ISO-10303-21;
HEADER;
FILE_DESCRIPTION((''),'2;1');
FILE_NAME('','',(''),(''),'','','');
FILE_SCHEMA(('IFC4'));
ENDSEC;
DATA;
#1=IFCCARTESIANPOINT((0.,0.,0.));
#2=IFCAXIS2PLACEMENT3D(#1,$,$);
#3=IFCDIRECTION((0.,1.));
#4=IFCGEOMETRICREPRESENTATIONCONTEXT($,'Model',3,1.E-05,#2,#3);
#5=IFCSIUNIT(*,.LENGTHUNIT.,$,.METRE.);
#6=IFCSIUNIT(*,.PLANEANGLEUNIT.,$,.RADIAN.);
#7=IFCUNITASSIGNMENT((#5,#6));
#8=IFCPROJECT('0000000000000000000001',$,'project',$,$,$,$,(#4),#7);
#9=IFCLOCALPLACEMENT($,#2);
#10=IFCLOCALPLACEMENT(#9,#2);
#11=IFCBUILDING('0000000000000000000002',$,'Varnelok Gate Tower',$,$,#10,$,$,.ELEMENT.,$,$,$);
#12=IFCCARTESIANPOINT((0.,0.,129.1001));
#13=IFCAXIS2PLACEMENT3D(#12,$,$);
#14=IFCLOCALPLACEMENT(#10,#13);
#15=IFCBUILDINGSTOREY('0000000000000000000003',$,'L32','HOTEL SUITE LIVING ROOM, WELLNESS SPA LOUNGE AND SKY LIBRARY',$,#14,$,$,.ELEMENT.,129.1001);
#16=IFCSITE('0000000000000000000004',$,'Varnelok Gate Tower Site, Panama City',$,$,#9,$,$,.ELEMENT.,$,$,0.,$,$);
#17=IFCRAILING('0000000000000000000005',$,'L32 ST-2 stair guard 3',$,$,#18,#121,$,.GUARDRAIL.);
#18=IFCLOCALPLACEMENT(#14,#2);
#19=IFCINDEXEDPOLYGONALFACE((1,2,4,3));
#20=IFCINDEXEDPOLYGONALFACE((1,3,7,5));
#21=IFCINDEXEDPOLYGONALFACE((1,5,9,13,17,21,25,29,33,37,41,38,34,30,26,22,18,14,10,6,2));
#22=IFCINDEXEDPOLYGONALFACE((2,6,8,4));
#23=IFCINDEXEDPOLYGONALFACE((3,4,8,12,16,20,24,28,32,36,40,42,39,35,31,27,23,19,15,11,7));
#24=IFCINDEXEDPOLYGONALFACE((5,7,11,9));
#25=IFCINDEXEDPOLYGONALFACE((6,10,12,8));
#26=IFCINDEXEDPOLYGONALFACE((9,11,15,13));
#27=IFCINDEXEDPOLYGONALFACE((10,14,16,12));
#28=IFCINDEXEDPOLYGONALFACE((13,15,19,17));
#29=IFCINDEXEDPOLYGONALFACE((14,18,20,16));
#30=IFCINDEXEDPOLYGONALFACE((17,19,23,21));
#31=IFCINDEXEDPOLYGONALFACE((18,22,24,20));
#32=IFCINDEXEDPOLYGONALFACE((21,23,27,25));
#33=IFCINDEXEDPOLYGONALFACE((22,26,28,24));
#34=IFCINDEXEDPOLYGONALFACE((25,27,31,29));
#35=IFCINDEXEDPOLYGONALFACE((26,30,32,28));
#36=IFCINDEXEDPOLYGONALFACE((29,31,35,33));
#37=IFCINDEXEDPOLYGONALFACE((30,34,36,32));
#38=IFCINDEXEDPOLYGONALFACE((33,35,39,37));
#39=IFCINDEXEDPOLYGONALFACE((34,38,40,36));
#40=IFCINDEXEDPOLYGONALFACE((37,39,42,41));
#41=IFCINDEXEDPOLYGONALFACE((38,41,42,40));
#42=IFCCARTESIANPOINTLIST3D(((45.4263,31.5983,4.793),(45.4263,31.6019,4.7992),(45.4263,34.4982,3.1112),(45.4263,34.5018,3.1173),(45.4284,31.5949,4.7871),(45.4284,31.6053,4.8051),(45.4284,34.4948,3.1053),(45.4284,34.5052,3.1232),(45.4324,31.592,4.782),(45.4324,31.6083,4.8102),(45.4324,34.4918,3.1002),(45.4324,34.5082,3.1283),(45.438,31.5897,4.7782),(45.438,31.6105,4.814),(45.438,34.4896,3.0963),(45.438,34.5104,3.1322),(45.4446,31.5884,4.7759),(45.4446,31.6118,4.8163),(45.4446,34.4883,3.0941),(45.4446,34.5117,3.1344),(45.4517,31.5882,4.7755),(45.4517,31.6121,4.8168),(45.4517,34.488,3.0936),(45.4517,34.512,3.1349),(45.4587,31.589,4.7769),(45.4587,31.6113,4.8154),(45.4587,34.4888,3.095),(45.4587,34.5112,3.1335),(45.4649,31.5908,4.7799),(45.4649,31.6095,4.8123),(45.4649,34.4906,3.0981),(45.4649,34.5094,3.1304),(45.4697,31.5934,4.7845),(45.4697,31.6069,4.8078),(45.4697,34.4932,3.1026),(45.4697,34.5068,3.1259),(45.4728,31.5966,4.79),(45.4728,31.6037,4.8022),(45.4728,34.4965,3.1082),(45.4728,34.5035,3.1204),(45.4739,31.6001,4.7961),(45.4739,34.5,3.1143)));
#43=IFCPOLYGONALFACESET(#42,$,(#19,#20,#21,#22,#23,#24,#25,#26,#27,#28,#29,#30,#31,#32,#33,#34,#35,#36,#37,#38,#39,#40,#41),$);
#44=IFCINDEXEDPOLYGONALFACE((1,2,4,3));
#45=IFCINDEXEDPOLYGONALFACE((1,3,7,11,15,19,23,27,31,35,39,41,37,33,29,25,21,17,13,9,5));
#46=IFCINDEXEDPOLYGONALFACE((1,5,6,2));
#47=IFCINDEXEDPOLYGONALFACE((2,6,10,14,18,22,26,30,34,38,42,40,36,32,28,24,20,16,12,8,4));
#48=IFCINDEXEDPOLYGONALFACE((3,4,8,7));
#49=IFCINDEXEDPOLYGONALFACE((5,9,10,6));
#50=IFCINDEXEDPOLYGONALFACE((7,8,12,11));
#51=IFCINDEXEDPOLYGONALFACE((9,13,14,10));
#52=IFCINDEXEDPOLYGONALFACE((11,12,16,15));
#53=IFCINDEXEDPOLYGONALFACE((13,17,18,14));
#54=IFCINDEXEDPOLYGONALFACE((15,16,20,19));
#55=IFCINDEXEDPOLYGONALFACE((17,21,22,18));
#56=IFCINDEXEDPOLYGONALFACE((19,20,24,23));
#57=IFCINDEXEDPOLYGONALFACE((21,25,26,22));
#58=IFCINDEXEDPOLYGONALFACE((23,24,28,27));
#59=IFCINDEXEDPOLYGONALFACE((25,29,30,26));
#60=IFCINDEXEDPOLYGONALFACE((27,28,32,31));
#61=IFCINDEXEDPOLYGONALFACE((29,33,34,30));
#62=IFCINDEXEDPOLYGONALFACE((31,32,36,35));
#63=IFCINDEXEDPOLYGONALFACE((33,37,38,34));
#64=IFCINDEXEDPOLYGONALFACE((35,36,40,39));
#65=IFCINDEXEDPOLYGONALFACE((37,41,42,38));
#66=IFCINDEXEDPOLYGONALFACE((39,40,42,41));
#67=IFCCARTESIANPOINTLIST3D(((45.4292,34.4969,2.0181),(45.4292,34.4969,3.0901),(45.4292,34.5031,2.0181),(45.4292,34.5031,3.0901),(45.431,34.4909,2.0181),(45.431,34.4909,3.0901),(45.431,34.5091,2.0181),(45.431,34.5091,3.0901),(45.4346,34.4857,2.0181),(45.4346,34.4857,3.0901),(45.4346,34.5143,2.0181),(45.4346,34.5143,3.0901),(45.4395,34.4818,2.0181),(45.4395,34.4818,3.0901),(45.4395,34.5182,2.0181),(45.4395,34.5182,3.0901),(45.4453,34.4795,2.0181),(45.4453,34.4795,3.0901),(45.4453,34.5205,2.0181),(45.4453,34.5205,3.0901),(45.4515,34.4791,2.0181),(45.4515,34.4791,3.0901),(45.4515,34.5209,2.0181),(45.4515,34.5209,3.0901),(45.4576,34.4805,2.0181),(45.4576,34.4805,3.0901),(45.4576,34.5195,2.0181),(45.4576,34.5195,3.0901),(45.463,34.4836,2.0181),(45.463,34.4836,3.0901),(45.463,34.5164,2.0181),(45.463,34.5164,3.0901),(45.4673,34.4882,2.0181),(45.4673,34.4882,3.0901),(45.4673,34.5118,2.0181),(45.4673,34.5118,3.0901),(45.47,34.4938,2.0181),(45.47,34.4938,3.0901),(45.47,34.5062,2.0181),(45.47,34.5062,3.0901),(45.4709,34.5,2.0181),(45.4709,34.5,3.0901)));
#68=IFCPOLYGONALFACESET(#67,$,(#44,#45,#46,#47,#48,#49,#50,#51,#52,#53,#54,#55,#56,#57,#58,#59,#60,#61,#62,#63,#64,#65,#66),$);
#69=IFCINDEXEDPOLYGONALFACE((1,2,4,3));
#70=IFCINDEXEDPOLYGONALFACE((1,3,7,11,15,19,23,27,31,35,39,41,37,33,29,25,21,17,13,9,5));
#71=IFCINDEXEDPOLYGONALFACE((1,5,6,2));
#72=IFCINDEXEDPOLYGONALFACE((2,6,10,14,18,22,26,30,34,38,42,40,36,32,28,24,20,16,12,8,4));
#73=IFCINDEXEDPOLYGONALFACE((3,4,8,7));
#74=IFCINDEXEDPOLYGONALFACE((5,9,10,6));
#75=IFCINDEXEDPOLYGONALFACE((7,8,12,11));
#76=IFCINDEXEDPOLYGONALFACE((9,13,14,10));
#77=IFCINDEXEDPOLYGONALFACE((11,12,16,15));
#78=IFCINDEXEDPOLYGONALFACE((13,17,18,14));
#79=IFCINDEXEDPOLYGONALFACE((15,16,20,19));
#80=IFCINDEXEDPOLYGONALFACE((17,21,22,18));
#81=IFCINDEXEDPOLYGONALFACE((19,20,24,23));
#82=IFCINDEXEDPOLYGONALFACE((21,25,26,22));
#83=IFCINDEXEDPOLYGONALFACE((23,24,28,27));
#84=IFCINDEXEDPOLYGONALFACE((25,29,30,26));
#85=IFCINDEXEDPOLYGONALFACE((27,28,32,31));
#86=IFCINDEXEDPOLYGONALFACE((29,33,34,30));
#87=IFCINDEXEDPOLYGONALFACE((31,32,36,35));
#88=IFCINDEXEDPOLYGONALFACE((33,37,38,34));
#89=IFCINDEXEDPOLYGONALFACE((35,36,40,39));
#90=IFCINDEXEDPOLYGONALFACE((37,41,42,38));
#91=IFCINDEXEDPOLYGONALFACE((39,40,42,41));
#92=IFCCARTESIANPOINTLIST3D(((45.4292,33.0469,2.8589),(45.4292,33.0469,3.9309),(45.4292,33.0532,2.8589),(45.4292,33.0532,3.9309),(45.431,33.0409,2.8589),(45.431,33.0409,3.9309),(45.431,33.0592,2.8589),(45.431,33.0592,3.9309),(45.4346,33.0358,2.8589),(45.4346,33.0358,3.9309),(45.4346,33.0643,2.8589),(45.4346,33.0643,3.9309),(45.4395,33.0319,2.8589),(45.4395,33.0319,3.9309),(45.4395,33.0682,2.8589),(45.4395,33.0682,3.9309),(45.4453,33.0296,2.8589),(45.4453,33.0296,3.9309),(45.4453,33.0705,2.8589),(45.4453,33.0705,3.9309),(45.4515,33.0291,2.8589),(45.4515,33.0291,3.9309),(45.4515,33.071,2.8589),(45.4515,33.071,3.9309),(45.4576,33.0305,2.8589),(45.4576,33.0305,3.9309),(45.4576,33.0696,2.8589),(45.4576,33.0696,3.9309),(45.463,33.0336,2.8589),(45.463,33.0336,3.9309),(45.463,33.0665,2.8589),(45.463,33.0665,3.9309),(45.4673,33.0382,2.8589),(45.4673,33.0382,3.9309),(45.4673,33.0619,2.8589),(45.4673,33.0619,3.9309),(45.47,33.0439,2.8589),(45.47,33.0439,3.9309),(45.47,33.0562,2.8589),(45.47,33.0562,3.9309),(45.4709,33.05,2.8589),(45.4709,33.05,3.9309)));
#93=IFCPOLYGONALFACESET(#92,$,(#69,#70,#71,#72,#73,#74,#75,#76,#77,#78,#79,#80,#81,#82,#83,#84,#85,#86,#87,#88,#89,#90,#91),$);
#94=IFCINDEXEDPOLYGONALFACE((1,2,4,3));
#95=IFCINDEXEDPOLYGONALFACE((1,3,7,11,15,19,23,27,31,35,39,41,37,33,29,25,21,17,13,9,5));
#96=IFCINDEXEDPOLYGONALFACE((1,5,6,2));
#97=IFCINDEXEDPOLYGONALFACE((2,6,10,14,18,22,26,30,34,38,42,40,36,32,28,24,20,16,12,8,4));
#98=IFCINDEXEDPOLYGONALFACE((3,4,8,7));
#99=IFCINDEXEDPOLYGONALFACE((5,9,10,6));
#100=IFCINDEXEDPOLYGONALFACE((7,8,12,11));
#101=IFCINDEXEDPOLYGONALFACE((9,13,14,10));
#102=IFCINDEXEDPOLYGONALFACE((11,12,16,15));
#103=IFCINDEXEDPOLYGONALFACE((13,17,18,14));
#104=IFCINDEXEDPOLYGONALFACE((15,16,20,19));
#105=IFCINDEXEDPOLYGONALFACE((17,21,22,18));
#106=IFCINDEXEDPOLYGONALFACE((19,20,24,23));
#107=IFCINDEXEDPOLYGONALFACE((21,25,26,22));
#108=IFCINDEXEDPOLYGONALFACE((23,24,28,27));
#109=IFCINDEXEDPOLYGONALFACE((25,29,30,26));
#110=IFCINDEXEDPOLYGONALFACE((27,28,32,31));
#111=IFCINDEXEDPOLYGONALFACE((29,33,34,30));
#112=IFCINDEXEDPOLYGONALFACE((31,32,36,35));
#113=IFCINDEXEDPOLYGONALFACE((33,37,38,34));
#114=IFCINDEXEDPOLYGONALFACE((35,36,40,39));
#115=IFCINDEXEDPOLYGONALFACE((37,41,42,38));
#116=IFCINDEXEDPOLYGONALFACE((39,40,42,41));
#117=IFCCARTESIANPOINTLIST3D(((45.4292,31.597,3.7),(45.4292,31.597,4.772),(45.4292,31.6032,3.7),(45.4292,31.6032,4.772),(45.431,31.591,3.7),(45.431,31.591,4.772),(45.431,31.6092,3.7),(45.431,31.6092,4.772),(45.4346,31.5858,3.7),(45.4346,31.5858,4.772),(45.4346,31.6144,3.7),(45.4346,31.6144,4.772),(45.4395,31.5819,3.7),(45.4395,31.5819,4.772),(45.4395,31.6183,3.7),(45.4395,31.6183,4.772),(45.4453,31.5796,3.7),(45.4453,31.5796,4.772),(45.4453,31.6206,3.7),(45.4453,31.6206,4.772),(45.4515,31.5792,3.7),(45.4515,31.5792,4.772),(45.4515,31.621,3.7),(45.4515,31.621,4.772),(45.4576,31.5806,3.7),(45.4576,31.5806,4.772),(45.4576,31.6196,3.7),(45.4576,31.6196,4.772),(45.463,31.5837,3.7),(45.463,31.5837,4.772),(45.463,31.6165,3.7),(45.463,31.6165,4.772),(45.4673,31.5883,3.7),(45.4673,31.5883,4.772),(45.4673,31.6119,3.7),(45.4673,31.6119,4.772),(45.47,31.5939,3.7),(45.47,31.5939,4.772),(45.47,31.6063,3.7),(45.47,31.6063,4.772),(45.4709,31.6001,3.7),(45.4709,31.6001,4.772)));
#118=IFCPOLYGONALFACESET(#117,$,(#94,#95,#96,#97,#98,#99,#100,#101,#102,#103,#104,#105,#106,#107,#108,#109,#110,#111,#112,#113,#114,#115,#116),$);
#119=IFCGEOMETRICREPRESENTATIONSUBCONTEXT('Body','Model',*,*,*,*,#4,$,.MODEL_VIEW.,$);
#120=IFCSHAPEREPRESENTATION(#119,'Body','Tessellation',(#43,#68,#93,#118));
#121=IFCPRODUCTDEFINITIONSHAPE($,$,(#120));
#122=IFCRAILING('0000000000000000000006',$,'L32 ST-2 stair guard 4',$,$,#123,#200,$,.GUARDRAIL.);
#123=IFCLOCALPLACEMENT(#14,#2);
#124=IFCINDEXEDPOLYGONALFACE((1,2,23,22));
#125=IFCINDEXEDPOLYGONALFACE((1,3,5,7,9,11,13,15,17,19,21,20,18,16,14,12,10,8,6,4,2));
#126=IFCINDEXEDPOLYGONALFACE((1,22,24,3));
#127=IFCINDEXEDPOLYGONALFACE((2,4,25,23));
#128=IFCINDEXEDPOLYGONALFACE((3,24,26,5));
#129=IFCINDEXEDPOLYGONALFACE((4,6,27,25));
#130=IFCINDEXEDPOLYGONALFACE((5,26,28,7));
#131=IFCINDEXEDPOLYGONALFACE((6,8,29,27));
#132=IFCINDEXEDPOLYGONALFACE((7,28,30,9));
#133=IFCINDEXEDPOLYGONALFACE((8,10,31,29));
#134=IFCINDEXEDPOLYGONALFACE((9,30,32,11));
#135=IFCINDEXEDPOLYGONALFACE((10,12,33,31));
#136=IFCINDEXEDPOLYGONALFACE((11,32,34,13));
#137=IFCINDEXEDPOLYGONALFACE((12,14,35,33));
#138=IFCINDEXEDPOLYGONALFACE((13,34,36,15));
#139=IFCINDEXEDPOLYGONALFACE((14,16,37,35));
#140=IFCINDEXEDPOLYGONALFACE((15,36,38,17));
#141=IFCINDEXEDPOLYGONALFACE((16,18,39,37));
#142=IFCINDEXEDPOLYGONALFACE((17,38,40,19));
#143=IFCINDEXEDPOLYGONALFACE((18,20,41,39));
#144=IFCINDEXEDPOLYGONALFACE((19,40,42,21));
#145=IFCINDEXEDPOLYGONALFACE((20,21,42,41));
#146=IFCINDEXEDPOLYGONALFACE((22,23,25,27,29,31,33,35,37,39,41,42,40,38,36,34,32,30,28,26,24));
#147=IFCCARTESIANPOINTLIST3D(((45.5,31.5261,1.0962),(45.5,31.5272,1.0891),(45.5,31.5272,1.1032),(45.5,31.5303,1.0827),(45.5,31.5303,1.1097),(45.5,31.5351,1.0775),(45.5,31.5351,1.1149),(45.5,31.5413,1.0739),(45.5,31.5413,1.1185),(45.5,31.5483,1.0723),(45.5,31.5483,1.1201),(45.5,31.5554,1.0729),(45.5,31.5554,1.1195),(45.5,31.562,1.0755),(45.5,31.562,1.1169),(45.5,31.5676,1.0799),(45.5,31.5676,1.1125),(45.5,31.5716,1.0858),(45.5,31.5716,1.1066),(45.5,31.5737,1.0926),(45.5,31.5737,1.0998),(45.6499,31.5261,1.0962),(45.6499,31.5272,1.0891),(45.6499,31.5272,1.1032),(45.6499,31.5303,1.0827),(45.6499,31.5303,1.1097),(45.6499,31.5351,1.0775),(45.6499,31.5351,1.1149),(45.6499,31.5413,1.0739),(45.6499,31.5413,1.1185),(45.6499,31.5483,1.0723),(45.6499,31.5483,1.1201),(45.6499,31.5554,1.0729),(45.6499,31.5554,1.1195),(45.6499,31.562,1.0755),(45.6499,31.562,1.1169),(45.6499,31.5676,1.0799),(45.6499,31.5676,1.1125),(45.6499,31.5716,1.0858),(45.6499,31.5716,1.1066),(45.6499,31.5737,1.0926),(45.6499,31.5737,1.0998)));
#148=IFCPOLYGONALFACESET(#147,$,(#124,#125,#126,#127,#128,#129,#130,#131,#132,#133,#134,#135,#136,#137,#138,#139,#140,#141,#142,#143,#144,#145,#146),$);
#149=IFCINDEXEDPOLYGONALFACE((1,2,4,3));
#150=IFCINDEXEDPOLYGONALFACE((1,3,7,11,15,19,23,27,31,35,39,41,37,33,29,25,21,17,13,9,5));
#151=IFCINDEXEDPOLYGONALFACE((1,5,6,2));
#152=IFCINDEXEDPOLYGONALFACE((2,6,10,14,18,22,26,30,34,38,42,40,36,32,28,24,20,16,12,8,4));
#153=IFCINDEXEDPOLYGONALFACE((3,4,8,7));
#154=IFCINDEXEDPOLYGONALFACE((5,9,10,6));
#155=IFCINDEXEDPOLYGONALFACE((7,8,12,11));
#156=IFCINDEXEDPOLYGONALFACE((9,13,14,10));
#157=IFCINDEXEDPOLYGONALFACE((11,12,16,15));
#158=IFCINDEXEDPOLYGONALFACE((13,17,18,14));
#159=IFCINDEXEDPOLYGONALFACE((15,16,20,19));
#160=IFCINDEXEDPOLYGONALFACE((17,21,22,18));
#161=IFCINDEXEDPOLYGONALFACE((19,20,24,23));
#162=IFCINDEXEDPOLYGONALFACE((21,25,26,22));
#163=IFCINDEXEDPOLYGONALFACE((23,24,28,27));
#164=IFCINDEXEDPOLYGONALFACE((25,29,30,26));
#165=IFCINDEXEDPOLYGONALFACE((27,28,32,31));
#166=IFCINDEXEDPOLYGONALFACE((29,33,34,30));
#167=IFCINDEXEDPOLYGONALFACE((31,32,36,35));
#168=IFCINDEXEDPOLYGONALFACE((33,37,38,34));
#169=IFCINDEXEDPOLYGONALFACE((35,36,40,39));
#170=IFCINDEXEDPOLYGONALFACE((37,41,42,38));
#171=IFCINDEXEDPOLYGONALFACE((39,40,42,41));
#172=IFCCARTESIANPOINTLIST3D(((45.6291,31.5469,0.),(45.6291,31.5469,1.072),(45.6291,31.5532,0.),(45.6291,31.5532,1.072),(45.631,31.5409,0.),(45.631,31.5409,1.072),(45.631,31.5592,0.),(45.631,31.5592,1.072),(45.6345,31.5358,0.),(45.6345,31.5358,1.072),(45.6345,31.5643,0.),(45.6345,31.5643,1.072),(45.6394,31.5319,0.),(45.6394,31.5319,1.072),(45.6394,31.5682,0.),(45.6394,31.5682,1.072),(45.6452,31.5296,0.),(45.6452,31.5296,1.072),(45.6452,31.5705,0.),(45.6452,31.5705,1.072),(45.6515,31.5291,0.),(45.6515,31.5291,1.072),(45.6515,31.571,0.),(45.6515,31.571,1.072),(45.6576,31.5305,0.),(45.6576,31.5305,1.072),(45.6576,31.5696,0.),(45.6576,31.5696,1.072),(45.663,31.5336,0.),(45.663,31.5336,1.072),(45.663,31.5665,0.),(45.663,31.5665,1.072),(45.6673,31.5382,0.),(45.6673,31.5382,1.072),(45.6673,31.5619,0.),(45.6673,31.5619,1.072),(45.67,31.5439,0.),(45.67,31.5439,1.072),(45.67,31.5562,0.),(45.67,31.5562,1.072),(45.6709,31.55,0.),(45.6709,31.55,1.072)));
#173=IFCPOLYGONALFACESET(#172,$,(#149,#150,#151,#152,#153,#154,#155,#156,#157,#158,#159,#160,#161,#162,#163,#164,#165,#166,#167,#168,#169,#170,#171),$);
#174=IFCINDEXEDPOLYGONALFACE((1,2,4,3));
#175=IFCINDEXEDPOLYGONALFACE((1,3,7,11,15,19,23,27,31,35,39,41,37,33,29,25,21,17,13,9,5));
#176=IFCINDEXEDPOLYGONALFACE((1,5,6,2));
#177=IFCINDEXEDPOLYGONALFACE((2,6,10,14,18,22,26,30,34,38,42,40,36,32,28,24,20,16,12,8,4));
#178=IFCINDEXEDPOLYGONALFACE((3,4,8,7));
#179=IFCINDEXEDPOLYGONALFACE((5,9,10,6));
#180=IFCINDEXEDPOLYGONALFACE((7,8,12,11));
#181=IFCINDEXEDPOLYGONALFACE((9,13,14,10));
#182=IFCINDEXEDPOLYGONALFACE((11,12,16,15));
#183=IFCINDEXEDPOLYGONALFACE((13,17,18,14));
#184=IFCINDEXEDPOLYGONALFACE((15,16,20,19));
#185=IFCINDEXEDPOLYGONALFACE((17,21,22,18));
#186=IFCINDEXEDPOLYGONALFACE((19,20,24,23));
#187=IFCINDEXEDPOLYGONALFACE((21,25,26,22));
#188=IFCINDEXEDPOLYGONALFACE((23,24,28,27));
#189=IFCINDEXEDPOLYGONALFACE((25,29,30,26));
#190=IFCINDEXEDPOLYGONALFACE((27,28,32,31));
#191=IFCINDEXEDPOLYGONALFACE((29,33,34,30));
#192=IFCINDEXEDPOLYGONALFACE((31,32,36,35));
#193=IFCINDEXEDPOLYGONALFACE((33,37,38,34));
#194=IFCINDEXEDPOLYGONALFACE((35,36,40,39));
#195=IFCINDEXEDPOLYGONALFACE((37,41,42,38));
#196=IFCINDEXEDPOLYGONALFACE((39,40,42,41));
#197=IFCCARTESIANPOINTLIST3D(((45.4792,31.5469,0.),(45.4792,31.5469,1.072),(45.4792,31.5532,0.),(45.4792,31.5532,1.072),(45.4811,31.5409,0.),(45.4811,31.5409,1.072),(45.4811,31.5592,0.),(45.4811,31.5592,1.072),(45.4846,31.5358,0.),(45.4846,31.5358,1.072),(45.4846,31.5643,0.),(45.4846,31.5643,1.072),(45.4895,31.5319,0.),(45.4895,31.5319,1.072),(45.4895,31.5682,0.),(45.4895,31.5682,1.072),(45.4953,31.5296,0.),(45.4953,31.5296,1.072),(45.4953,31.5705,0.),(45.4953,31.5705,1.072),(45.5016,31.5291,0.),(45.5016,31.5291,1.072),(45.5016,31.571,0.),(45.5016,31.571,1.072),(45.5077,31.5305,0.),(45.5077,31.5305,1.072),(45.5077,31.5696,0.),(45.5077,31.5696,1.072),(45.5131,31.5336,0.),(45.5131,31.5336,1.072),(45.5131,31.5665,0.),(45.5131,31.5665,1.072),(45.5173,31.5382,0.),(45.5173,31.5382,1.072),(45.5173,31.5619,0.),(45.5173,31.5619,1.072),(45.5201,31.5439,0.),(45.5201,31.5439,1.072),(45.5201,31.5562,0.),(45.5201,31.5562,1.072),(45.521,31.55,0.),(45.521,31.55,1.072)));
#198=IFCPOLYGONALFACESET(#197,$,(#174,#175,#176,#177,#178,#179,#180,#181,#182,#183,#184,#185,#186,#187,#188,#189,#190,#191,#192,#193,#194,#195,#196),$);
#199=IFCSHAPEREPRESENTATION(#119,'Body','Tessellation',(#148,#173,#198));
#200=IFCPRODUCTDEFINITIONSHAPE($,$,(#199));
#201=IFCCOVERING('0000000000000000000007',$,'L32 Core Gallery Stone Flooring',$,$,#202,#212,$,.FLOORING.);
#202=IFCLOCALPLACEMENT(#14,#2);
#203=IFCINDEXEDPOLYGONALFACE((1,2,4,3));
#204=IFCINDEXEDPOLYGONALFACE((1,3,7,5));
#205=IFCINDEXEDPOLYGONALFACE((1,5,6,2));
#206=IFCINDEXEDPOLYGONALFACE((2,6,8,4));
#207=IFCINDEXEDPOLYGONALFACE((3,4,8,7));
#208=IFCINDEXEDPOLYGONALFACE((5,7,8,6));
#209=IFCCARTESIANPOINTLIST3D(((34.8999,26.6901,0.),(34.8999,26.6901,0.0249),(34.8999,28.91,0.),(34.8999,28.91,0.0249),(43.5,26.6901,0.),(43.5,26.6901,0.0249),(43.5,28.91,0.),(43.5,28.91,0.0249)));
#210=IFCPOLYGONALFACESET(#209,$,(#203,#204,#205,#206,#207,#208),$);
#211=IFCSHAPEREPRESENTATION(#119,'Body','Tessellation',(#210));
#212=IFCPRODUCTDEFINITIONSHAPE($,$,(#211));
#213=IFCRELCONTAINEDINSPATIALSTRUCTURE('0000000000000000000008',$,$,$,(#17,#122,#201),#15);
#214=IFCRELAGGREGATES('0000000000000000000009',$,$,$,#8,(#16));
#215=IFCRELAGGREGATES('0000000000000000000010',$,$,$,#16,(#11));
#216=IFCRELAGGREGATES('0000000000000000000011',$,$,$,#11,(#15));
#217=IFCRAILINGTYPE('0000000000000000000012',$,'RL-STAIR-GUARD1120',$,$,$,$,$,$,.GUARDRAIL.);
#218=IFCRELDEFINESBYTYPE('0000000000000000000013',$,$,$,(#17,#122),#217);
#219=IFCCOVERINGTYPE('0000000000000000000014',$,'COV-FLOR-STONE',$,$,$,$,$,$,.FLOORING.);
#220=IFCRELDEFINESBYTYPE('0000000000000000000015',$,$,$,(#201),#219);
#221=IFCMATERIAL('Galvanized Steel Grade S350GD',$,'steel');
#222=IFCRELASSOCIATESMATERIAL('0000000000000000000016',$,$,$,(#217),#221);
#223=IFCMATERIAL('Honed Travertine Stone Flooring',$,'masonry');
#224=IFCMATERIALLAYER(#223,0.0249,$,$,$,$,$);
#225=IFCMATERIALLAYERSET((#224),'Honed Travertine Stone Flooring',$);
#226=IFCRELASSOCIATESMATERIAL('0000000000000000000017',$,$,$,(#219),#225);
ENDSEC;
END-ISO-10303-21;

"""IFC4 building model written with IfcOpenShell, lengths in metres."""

from ifc_helpers import new_model, si_unit, direction, frame, origin, origin_2d, place, context, subcontext, project, spatial, rectangle, circle, extrude, source, transform, mapped, material, layer, layer_set, type_object, element, save


model = new_model("IFC4")

# Units and contexts
model_context = context("Model", 3, precision=1e-05, world=origin(), true_north=direction((0.0, 1.0)))
body_context = subcontext(model_context, "Body", "Model", "MODEL_VIEW")
ifc_project = project(units=[si_unit("LENGTHUNIT", "METRE"), si_unit("PLANEANGLEUNIT", "RADIAN")], contexts=[model_context])

# Site, building, storey
site_placement = place(None, origin())
site = spatial("IfcSite", under=ifc_project, at=site_placement, Name="Varnelok Gate Tower Site, Panama City", CompositionType="ELEMENT", RefElevation=0.0)
building_placement = place(site_placement, origin())
building = spatial("IfcBuilding", under=site, at=building_placement, Name="Varnelok Gate Tower", CompositionType="ELEMENT")
storey_placement = place(building_placement, frame((0.0, 0.0, 129.1001)))
storey = spatial("IfcBuildingStorey", under=building, at=storey_placement, Name="L32", Description="HOTEL SUITE LIVING ROOM, WELLNESS SPA LOUNGE AND SKY LIBRARY", CompositionType="ELEMENT", Elevation=129.1001)

# Shared definitions
ifc_material_1 = material(Name="Galvanized Steel Grade S350GD", Category="steel")

# Railings
railing_type_1 = type_object("IfcRailingType", Name="RL-STAIR-GUARD1120", PredefinedType="GUARDRAIL", material=ifc_material_1)
railing_1_placement = place(storey_placement, frame((45.45, 34.5, 2.0181)))
element("IfcRailing", 1, at=railing_1_placement, inside=storey, type_object=railing_type_1, Name="L32 ST-2 stair guard 3", PredefinedType="GUARDRAIL", context=body_context, shape_type="SweptSolid", body=[
    extrude(circle(Radius=0.0239, at=origin_2d()), frame((0.0, 0.0, 1.0962), z_axis=(0.0, -0.865039, 0.501705), x_axis=(1.0, 0.0, 0.0)), (0.0, 0.0, 1.0), 3.3523),
    extrude(circle(Radius=0.021, at=origin_2d()), origin(), (0.0, 0.0, 1.0), 1.072),
    extrude(circle(Radius=0.021, at=origin_2d()), frame((0.0, -1.45, 0.8408)), (0.0, 0.0, 1.0), 1.072),
    extrude(circle(Radius=0.021, at=origin_2d()), frame((0.0, -2.8999, 1.6819)), (0.0, 0.0, 1.0), 1.072),
])
railing_2_placement = place(storey_placement, frame((45.6499, 31.55, 0.0)))
element("IfcRailing", 2, at=railing_2_placement, inside=storey, type_object=railing_type_1, Name="L32 ST-2 stair guard 4", PredefinedType="GUARDRAIL", context=body_context, shape_type="SweptSolid", body=[
    extrude(circle(Radius=0.0239, at=origin_2d()), frame((0.0, 0.0, 1.0962), z_axis=(-1.0, 0.0, 0.0), x_axis=(0.0, -1.0, 0.0)), (0.0, 0.0, 1.0), 0.1499),
    extrude(circle(Radius=0.021, at=origin_2d()), origin(), (0.0, 0.0, 1.0), 1.072),
    extrude(circle(Radius=0.021, at=origin_2d()), frame((-0.1499, 0.0, 0.0)), (0.0, 0.0, 1.0), 1.072),
])

# Covering
ifc_material_2 = material(Name="Honed Travertine Stone Flooring", Category="masonry")
ifc_layer_1 = layer(ifc_material_2, 0.0249)
ifc_layer_set_1 = layer_set([ifc_layer_1], Name="Honed Travertine Stone Flooring")
covering_type_1 = type_object("IfcCoveringType", Name="COV-FLOR-STONE", PredefinedType="FLOORING", material=ifc_layer_set_1)
shared_shape_1 = source(origin(), body_context, "Body", "SweptSolid", [
    extrude(rectangle(XDim=8.6001, YDim=2.22, at=origin_2d()), origin(), (0.0, 0.0, 1.0), 0.0249),
])
covering_1_placement = place(storey_placement, frame((39.2, 27.8, 0.0), z_axis=(0.0, 0.0, 1.0), x_axis=(1.0, 0.0, 0.0)))
element("IfcCovering", 3, at=covering_1_placement, inside=storey, type_object=covering_type_1, Name="L32 Core Gallery Stone Flooring", PredefinedType="FLOORING", context=body_context, shape_type="MappedRepresentation", body=[
    mapped(shared_shape_1, transform((0.0, 0.0, 0.0), scale=1.0)),
])

save(model, "model.ifc")
